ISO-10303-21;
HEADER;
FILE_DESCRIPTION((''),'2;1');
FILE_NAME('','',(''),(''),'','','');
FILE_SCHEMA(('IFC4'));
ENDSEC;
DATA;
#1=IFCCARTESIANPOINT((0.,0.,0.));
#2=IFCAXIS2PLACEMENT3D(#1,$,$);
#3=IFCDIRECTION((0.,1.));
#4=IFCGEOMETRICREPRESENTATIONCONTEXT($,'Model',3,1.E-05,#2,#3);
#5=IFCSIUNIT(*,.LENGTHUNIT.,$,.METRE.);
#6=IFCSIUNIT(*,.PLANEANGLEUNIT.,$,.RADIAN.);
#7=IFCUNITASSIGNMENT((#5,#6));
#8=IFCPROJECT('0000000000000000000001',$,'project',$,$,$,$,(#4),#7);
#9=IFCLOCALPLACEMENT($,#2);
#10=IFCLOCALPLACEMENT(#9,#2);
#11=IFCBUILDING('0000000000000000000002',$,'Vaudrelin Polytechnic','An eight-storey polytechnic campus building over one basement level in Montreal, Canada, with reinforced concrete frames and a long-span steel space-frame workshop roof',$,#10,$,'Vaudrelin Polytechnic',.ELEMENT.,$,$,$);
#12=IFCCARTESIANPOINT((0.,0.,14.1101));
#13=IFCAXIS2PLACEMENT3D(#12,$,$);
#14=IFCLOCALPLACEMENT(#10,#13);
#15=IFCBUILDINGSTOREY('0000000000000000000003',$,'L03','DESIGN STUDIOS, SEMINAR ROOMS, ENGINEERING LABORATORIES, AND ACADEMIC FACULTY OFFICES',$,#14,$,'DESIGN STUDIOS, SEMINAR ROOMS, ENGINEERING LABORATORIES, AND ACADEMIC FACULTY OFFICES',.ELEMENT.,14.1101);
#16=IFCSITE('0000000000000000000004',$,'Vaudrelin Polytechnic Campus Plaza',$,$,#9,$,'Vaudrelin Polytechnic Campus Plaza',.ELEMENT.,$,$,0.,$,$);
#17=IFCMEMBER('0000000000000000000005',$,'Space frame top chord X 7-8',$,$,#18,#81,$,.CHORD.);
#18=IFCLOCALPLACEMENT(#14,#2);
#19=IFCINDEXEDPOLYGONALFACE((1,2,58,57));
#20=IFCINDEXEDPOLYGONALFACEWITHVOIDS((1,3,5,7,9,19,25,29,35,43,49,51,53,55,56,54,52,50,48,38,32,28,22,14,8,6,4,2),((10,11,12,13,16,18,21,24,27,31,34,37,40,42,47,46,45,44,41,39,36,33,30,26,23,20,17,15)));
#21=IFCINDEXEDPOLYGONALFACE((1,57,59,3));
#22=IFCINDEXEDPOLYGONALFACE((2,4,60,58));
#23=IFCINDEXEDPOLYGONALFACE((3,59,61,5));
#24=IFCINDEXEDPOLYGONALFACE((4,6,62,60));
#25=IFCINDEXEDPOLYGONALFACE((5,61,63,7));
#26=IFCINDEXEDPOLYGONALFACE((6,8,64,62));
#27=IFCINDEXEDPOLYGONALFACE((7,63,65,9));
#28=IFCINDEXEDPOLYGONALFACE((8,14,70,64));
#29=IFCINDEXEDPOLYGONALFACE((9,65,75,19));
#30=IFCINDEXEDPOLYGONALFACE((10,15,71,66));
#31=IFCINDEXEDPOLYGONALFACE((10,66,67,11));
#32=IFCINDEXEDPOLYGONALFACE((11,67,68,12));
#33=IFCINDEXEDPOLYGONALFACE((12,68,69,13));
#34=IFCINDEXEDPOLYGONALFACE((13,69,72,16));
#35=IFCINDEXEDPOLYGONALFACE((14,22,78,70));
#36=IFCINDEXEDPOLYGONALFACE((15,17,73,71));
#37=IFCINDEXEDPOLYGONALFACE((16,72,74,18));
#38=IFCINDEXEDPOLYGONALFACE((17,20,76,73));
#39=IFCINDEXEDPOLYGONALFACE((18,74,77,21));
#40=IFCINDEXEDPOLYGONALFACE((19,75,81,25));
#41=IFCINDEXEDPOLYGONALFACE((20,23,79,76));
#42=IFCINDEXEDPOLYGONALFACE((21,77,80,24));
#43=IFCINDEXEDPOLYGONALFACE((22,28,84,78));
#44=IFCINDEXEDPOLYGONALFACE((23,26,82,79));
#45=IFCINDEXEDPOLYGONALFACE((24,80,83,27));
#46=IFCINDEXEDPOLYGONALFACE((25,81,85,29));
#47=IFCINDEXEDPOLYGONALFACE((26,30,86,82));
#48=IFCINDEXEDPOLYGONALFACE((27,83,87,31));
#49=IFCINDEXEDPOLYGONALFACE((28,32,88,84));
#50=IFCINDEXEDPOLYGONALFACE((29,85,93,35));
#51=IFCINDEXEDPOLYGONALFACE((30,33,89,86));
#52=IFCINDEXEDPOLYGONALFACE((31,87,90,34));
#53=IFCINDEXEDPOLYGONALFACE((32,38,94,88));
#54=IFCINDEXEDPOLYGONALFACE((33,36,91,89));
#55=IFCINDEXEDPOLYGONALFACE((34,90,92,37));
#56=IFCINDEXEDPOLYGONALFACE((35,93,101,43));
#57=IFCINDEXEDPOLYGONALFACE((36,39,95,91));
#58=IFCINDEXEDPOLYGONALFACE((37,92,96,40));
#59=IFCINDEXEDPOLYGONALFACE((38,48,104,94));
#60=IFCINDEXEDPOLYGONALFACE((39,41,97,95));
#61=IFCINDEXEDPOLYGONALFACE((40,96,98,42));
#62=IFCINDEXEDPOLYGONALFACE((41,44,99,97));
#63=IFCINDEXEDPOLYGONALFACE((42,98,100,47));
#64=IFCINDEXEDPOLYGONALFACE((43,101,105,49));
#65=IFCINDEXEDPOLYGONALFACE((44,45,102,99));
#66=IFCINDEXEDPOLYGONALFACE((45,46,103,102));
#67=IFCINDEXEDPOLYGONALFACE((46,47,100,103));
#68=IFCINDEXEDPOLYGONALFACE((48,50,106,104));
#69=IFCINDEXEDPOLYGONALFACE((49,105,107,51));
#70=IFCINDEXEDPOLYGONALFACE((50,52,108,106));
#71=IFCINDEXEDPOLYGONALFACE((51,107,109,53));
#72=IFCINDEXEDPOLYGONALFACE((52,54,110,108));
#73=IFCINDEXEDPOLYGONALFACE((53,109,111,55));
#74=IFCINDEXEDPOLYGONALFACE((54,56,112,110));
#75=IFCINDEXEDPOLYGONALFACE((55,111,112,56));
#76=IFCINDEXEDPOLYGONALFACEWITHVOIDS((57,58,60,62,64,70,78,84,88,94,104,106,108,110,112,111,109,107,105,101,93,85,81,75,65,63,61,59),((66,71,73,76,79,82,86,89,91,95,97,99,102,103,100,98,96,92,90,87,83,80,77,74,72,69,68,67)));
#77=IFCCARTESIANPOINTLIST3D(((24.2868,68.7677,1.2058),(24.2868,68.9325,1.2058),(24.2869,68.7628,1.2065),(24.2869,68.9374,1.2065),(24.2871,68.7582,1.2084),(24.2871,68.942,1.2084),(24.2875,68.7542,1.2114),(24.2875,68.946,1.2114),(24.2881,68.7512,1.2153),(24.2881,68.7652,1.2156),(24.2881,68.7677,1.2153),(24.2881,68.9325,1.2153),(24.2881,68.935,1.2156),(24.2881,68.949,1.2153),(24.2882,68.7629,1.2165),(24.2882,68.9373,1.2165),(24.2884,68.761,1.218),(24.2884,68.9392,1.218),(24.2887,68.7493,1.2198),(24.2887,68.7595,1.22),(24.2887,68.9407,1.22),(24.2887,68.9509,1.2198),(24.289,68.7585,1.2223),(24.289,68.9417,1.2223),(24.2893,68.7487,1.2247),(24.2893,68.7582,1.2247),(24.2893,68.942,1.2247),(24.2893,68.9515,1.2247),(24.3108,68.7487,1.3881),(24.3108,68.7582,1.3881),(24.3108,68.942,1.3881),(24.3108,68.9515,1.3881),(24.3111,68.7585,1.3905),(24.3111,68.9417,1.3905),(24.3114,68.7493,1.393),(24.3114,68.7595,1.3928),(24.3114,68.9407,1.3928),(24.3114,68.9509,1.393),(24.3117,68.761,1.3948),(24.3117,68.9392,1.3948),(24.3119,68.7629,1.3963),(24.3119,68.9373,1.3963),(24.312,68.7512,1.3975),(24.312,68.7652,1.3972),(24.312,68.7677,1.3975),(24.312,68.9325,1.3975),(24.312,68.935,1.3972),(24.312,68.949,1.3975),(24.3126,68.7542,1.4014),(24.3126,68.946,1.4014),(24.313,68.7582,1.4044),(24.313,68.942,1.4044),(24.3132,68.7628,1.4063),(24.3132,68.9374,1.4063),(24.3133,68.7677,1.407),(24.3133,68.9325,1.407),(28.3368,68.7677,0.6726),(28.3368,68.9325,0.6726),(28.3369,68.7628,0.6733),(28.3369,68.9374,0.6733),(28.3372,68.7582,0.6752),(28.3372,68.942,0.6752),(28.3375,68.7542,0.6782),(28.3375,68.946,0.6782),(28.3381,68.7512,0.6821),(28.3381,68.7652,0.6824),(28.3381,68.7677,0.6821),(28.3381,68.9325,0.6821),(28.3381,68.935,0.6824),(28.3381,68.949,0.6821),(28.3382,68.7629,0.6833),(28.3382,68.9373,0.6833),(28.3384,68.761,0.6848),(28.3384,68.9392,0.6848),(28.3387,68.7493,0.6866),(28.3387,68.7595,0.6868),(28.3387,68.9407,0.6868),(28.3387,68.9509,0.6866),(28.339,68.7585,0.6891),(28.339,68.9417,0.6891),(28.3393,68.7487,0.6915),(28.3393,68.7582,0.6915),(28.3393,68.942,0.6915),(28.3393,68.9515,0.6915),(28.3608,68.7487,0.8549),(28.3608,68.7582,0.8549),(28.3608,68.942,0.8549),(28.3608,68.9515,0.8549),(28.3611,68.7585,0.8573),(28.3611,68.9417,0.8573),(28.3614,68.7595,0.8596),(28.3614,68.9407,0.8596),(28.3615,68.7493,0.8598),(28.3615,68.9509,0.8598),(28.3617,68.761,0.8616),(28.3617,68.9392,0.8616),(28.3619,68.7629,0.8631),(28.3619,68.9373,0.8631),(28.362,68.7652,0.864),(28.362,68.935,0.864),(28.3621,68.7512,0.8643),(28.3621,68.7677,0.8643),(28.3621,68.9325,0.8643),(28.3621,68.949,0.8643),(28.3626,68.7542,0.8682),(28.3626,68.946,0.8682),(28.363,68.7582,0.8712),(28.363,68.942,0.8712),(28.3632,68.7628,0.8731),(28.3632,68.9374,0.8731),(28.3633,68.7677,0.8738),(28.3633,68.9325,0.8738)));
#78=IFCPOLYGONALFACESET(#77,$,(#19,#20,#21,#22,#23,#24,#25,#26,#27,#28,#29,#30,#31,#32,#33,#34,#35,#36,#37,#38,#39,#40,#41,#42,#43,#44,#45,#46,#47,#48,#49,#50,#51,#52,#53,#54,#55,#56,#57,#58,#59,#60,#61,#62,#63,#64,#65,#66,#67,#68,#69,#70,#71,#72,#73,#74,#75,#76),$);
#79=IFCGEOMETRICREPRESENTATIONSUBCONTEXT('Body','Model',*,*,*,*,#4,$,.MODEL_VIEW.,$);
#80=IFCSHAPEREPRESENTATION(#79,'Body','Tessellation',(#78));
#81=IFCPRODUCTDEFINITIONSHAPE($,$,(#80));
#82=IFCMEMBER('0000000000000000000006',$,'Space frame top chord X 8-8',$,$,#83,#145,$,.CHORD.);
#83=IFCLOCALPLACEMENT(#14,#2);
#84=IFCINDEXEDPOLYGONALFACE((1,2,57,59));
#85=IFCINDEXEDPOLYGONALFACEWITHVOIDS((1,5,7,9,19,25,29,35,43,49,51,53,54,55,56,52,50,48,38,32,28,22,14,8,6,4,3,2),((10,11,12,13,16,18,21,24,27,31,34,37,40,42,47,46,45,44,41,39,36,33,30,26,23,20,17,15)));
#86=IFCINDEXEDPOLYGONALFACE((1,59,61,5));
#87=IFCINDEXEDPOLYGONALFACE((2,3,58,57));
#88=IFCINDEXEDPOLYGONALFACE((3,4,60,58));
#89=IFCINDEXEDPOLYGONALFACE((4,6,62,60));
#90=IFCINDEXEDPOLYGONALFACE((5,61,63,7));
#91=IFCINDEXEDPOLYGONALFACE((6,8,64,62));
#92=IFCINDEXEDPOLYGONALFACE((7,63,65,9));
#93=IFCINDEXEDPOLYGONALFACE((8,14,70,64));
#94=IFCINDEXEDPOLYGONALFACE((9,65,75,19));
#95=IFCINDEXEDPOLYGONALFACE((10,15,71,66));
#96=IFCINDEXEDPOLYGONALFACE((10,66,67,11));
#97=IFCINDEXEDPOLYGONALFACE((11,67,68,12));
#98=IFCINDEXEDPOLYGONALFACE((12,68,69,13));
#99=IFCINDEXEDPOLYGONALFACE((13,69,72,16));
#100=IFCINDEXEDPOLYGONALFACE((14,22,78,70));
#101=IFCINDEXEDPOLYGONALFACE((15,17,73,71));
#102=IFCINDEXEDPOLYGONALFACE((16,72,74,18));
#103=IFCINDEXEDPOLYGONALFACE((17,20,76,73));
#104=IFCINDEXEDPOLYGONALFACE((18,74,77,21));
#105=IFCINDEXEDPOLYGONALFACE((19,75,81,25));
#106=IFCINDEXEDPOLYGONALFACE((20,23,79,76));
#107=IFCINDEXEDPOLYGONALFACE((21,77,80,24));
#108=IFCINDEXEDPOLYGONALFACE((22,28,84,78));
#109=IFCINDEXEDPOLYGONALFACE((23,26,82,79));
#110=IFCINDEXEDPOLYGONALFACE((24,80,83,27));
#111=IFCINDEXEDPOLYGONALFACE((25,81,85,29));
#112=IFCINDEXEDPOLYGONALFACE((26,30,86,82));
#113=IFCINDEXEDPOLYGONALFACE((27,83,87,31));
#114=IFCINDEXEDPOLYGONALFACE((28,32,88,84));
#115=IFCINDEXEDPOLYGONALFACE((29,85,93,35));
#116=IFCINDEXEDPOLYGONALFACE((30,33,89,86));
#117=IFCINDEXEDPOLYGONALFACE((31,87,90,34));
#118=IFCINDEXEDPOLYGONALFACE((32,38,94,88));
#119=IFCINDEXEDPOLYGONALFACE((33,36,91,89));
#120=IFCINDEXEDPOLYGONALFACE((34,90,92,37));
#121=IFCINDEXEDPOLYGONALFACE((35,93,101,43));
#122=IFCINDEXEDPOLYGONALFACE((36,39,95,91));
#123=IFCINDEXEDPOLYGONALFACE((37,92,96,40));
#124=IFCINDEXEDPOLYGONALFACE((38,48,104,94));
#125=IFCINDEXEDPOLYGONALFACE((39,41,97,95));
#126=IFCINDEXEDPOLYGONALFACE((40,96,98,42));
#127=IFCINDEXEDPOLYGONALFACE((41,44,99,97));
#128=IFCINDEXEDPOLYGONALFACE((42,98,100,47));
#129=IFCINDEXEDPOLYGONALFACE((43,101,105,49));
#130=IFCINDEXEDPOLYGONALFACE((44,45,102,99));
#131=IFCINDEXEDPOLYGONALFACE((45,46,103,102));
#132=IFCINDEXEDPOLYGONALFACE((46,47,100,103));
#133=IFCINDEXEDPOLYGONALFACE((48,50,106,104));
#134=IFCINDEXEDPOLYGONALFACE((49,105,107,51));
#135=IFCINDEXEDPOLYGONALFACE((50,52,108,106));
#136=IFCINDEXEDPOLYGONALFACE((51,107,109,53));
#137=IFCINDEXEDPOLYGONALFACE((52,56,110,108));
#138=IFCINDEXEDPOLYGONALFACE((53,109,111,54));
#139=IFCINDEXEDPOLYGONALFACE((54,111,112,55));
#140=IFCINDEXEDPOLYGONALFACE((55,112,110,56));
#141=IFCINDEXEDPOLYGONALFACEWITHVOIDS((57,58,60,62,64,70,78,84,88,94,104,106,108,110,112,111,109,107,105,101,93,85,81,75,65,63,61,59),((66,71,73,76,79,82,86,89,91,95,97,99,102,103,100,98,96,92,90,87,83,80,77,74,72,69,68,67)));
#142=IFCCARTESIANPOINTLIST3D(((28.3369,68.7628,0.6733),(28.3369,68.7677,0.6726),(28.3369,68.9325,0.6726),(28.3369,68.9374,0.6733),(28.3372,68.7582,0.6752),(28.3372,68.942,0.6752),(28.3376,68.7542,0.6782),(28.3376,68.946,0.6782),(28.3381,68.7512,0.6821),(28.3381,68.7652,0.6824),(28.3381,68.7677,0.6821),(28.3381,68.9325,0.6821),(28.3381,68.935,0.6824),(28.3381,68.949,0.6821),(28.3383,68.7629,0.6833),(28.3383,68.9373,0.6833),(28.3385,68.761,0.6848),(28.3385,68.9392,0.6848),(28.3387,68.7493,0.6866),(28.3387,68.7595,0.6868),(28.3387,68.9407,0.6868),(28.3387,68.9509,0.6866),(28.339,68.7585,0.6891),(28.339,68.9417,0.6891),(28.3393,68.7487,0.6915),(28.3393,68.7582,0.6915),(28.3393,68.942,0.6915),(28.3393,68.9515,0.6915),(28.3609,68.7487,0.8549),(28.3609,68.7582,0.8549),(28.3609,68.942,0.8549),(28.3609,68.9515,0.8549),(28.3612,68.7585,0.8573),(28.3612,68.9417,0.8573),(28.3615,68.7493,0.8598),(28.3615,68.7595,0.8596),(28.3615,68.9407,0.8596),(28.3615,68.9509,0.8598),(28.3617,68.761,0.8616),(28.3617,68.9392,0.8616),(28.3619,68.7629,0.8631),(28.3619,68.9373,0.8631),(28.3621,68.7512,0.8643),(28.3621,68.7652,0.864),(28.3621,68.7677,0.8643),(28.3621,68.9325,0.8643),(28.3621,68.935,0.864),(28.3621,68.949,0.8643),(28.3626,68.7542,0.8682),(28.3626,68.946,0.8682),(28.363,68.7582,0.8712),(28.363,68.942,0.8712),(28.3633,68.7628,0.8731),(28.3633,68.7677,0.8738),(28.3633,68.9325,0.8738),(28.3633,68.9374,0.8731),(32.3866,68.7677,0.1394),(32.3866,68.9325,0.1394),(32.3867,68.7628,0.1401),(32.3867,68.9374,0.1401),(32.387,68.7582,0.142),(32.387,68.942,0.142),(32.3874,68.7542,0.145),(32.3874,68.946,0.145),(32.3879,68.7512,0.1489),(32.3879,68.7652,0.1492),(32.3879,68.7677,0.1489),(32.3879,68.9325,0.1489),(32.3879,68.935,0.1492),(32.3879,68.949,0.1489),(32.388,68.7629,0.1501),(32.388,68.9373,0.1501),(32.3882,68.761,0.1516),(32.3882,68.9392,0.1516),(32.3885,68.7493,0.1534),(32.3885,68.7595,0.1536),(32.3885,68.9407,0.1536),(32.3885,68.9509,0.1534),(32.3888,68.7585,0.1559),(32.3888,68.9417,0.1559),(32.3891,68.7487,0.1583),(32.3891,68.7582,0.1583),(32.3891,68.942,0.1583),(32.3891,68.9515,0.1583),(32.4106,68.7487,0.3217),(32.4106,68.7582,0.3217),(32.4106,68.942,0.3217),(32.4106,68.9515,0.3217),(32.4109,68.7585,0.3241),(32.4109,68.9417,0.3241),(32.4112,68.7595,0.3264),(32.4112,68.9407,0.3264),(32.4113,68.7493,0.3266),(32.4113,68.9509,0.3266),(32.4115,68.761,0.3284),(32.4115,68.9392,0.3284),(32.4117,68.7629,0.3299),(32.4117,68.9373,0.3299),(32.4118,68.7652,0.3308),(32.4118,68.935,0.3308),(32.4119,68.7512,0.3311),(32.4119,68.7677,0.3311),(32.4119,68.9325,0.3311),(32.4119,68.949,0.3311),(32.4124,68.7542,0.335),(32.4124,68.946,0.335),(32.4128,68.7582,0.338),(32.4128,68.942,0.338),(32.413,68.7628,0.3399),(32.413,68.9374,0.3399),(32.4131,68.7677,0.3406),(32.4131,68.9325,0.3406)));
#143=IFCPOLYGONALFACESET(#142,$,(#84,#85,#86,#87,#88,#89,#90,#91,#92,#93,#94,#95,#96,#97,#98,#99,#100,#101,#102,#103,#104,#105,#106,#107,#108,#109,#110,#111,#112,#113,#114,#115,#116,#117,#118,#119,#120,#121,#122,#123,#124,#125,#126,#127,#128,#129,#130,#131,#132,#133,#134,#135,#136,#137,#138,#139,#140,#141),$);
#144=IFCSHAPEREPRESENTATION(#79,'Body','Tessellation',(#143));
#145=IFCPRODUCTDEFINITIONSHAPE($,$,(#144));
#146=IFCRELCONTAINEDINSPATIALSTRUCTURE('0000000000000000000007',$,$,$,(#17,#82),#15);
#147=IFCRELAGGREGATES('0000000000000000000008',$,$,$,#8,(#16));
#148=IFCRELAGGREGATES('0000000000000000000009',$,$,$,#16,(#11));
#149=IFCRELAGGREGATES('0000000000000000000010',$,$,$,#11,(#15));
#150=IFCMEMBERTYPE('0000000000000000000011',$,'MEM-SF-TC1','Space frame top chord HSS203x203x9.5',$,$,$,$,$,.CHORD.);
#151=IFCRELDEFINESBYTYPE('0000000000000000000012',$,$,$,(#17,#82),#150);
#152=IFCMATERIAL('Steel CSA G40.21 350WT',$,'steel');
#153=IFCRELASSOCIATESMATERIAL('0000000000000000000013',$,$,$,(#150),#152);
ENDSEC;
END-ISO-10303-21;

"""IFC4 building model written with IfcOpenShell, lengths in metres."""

from ifc_helpers import new_model, si_unit, direction, frame, origin, origin_2d, place, context, subcontext, project, spatial, hollow_rectangle, extrude, material, material_profile, profile_set, type_object, element, save


model = new_model("IFC4")

# Units and contexts
model_context = context("Model", 3, precision=1e-05, world=origin(), true_north=direction((0.0, 1.0)))
body_context = subcontext(model_context, "Body", "Model", "MODEL_VIEW")
ifc_project = project(units=[si_unit("LENGTHUNIT", "METRE"), si_unit("PLANEANGLEUNIT", "RADIAN")], contexts=[model_context])

# Site, building, storey
site_placement = place(None, origin())
site = spatial("IfcSite", under=ifc_project, at=site_placement, Name="Vaudrelin Polytechnic Campus Plaza", LongName="Vaudrelin Polytechnic Campus Plaza", CompositionType="ELEMENT", RefElevation=0.0)
building_placement = place(site_placement, origin())
building = spatial("IfcBuilding", under=site, at=building_placement, Name="Vaudrelin Polytechnic", Description="An eight-storey polytechnic campus building over one basement level in Montreal, Canada, with reinforced concrete frames and a long-span steel space-frame workshop roof", LongName="Vaudrelin Polytechnic", CompositionType="ELEMENT")
storey_placement = place(building_placement, frame((0.0, 0.0, 14.1101)))
storey = spatial("IfcBuildingStorey", under=building, at=storey_placement, Name="L03", Description="DESIGN STUDIOS, SEMINAR ROOMS, ENGINEERING LABORATORIES, AND ACADEMIC FACULTY OFFICES", LongName="DESIGN STUDIOS, SEMINAR ROOMS, ENGINEERING LABORATORIES, AND ACADEMIC FACULTY OFFICES", CompositionType="ELEMENT", Elevation=14.1101)

# Members
ifc_material_1 = material(Name="Steel CSA G40.21 350WT", Category="steel")
ifc_material_profile_1 = material_profile(ifc_material_1, hollow_rectangle(XDim=0.2029, YDim=0.2029, WallThickness=0.0095, InnerFilletRadius=0.0095, OuterFilletRadius=0.019, at=origin_2d()), Name="HSS203x203x9.5")
ifc_profile_set_1 = profile_set([ifc_material_profile_1], Name="Steel CSA G40.21 350WT")
member_type_1 = type_object("IfcMemberType", Name="MEM-SF-TC1", Description="Space frame top chord HSS203x203x9.5", PredefinedType="CHORD", material=ifc_profile_set_1)
member_1_placement = place(storey_placement, frame((24.3, 68.8501, 1.3064), z_axis=(0.991445, 0.0, -0.130527), x_axis=(0.0, 1.0, 0.0)))
element("IfcMember", 1, at=member_1_placement, inside=storey, type_object=member_type_1, Name="Space frame top chord X 7-8", PredefinedType="CHORD", context=body_context, shape_type="SweptSolid", body=[
    extrude(hollow_rectangle(XDim=0.2029, YDim=0.2029, WallThickness=0.0095, InnerFilletRadius=0.0095, OuterFilletRadius=0.019, at=origin_2d()), origin(), (0.0, 0.0, 1.0), 4.085),
])
member_2_placement = place(storey_placement, frame((28.3501, 68.8501, 0.7732), z_axis=(0.991444, 0.0, -0.130535), x_axis=(0.0, 1.0, 0.0)))
element("IfcMember", 2, at=member_2_placement, inside=storey, type_object=member_type_1, Name="Space frame top chord X 8-8", PredefinedType="CHORD", context=body_context, shape_type="SweptSolid", body=[
    extrude(hollow_rectangle(XDim=0.2029, YDim=0.2029, WallThickness=0.0095, InnerFilletRadius=0.0095, OuterFilletRadius=0.019, at=origin_2d()), origin(), (0.0, 0.0, 1.0), 4.0847),
])

save(model, "model.ifc")
